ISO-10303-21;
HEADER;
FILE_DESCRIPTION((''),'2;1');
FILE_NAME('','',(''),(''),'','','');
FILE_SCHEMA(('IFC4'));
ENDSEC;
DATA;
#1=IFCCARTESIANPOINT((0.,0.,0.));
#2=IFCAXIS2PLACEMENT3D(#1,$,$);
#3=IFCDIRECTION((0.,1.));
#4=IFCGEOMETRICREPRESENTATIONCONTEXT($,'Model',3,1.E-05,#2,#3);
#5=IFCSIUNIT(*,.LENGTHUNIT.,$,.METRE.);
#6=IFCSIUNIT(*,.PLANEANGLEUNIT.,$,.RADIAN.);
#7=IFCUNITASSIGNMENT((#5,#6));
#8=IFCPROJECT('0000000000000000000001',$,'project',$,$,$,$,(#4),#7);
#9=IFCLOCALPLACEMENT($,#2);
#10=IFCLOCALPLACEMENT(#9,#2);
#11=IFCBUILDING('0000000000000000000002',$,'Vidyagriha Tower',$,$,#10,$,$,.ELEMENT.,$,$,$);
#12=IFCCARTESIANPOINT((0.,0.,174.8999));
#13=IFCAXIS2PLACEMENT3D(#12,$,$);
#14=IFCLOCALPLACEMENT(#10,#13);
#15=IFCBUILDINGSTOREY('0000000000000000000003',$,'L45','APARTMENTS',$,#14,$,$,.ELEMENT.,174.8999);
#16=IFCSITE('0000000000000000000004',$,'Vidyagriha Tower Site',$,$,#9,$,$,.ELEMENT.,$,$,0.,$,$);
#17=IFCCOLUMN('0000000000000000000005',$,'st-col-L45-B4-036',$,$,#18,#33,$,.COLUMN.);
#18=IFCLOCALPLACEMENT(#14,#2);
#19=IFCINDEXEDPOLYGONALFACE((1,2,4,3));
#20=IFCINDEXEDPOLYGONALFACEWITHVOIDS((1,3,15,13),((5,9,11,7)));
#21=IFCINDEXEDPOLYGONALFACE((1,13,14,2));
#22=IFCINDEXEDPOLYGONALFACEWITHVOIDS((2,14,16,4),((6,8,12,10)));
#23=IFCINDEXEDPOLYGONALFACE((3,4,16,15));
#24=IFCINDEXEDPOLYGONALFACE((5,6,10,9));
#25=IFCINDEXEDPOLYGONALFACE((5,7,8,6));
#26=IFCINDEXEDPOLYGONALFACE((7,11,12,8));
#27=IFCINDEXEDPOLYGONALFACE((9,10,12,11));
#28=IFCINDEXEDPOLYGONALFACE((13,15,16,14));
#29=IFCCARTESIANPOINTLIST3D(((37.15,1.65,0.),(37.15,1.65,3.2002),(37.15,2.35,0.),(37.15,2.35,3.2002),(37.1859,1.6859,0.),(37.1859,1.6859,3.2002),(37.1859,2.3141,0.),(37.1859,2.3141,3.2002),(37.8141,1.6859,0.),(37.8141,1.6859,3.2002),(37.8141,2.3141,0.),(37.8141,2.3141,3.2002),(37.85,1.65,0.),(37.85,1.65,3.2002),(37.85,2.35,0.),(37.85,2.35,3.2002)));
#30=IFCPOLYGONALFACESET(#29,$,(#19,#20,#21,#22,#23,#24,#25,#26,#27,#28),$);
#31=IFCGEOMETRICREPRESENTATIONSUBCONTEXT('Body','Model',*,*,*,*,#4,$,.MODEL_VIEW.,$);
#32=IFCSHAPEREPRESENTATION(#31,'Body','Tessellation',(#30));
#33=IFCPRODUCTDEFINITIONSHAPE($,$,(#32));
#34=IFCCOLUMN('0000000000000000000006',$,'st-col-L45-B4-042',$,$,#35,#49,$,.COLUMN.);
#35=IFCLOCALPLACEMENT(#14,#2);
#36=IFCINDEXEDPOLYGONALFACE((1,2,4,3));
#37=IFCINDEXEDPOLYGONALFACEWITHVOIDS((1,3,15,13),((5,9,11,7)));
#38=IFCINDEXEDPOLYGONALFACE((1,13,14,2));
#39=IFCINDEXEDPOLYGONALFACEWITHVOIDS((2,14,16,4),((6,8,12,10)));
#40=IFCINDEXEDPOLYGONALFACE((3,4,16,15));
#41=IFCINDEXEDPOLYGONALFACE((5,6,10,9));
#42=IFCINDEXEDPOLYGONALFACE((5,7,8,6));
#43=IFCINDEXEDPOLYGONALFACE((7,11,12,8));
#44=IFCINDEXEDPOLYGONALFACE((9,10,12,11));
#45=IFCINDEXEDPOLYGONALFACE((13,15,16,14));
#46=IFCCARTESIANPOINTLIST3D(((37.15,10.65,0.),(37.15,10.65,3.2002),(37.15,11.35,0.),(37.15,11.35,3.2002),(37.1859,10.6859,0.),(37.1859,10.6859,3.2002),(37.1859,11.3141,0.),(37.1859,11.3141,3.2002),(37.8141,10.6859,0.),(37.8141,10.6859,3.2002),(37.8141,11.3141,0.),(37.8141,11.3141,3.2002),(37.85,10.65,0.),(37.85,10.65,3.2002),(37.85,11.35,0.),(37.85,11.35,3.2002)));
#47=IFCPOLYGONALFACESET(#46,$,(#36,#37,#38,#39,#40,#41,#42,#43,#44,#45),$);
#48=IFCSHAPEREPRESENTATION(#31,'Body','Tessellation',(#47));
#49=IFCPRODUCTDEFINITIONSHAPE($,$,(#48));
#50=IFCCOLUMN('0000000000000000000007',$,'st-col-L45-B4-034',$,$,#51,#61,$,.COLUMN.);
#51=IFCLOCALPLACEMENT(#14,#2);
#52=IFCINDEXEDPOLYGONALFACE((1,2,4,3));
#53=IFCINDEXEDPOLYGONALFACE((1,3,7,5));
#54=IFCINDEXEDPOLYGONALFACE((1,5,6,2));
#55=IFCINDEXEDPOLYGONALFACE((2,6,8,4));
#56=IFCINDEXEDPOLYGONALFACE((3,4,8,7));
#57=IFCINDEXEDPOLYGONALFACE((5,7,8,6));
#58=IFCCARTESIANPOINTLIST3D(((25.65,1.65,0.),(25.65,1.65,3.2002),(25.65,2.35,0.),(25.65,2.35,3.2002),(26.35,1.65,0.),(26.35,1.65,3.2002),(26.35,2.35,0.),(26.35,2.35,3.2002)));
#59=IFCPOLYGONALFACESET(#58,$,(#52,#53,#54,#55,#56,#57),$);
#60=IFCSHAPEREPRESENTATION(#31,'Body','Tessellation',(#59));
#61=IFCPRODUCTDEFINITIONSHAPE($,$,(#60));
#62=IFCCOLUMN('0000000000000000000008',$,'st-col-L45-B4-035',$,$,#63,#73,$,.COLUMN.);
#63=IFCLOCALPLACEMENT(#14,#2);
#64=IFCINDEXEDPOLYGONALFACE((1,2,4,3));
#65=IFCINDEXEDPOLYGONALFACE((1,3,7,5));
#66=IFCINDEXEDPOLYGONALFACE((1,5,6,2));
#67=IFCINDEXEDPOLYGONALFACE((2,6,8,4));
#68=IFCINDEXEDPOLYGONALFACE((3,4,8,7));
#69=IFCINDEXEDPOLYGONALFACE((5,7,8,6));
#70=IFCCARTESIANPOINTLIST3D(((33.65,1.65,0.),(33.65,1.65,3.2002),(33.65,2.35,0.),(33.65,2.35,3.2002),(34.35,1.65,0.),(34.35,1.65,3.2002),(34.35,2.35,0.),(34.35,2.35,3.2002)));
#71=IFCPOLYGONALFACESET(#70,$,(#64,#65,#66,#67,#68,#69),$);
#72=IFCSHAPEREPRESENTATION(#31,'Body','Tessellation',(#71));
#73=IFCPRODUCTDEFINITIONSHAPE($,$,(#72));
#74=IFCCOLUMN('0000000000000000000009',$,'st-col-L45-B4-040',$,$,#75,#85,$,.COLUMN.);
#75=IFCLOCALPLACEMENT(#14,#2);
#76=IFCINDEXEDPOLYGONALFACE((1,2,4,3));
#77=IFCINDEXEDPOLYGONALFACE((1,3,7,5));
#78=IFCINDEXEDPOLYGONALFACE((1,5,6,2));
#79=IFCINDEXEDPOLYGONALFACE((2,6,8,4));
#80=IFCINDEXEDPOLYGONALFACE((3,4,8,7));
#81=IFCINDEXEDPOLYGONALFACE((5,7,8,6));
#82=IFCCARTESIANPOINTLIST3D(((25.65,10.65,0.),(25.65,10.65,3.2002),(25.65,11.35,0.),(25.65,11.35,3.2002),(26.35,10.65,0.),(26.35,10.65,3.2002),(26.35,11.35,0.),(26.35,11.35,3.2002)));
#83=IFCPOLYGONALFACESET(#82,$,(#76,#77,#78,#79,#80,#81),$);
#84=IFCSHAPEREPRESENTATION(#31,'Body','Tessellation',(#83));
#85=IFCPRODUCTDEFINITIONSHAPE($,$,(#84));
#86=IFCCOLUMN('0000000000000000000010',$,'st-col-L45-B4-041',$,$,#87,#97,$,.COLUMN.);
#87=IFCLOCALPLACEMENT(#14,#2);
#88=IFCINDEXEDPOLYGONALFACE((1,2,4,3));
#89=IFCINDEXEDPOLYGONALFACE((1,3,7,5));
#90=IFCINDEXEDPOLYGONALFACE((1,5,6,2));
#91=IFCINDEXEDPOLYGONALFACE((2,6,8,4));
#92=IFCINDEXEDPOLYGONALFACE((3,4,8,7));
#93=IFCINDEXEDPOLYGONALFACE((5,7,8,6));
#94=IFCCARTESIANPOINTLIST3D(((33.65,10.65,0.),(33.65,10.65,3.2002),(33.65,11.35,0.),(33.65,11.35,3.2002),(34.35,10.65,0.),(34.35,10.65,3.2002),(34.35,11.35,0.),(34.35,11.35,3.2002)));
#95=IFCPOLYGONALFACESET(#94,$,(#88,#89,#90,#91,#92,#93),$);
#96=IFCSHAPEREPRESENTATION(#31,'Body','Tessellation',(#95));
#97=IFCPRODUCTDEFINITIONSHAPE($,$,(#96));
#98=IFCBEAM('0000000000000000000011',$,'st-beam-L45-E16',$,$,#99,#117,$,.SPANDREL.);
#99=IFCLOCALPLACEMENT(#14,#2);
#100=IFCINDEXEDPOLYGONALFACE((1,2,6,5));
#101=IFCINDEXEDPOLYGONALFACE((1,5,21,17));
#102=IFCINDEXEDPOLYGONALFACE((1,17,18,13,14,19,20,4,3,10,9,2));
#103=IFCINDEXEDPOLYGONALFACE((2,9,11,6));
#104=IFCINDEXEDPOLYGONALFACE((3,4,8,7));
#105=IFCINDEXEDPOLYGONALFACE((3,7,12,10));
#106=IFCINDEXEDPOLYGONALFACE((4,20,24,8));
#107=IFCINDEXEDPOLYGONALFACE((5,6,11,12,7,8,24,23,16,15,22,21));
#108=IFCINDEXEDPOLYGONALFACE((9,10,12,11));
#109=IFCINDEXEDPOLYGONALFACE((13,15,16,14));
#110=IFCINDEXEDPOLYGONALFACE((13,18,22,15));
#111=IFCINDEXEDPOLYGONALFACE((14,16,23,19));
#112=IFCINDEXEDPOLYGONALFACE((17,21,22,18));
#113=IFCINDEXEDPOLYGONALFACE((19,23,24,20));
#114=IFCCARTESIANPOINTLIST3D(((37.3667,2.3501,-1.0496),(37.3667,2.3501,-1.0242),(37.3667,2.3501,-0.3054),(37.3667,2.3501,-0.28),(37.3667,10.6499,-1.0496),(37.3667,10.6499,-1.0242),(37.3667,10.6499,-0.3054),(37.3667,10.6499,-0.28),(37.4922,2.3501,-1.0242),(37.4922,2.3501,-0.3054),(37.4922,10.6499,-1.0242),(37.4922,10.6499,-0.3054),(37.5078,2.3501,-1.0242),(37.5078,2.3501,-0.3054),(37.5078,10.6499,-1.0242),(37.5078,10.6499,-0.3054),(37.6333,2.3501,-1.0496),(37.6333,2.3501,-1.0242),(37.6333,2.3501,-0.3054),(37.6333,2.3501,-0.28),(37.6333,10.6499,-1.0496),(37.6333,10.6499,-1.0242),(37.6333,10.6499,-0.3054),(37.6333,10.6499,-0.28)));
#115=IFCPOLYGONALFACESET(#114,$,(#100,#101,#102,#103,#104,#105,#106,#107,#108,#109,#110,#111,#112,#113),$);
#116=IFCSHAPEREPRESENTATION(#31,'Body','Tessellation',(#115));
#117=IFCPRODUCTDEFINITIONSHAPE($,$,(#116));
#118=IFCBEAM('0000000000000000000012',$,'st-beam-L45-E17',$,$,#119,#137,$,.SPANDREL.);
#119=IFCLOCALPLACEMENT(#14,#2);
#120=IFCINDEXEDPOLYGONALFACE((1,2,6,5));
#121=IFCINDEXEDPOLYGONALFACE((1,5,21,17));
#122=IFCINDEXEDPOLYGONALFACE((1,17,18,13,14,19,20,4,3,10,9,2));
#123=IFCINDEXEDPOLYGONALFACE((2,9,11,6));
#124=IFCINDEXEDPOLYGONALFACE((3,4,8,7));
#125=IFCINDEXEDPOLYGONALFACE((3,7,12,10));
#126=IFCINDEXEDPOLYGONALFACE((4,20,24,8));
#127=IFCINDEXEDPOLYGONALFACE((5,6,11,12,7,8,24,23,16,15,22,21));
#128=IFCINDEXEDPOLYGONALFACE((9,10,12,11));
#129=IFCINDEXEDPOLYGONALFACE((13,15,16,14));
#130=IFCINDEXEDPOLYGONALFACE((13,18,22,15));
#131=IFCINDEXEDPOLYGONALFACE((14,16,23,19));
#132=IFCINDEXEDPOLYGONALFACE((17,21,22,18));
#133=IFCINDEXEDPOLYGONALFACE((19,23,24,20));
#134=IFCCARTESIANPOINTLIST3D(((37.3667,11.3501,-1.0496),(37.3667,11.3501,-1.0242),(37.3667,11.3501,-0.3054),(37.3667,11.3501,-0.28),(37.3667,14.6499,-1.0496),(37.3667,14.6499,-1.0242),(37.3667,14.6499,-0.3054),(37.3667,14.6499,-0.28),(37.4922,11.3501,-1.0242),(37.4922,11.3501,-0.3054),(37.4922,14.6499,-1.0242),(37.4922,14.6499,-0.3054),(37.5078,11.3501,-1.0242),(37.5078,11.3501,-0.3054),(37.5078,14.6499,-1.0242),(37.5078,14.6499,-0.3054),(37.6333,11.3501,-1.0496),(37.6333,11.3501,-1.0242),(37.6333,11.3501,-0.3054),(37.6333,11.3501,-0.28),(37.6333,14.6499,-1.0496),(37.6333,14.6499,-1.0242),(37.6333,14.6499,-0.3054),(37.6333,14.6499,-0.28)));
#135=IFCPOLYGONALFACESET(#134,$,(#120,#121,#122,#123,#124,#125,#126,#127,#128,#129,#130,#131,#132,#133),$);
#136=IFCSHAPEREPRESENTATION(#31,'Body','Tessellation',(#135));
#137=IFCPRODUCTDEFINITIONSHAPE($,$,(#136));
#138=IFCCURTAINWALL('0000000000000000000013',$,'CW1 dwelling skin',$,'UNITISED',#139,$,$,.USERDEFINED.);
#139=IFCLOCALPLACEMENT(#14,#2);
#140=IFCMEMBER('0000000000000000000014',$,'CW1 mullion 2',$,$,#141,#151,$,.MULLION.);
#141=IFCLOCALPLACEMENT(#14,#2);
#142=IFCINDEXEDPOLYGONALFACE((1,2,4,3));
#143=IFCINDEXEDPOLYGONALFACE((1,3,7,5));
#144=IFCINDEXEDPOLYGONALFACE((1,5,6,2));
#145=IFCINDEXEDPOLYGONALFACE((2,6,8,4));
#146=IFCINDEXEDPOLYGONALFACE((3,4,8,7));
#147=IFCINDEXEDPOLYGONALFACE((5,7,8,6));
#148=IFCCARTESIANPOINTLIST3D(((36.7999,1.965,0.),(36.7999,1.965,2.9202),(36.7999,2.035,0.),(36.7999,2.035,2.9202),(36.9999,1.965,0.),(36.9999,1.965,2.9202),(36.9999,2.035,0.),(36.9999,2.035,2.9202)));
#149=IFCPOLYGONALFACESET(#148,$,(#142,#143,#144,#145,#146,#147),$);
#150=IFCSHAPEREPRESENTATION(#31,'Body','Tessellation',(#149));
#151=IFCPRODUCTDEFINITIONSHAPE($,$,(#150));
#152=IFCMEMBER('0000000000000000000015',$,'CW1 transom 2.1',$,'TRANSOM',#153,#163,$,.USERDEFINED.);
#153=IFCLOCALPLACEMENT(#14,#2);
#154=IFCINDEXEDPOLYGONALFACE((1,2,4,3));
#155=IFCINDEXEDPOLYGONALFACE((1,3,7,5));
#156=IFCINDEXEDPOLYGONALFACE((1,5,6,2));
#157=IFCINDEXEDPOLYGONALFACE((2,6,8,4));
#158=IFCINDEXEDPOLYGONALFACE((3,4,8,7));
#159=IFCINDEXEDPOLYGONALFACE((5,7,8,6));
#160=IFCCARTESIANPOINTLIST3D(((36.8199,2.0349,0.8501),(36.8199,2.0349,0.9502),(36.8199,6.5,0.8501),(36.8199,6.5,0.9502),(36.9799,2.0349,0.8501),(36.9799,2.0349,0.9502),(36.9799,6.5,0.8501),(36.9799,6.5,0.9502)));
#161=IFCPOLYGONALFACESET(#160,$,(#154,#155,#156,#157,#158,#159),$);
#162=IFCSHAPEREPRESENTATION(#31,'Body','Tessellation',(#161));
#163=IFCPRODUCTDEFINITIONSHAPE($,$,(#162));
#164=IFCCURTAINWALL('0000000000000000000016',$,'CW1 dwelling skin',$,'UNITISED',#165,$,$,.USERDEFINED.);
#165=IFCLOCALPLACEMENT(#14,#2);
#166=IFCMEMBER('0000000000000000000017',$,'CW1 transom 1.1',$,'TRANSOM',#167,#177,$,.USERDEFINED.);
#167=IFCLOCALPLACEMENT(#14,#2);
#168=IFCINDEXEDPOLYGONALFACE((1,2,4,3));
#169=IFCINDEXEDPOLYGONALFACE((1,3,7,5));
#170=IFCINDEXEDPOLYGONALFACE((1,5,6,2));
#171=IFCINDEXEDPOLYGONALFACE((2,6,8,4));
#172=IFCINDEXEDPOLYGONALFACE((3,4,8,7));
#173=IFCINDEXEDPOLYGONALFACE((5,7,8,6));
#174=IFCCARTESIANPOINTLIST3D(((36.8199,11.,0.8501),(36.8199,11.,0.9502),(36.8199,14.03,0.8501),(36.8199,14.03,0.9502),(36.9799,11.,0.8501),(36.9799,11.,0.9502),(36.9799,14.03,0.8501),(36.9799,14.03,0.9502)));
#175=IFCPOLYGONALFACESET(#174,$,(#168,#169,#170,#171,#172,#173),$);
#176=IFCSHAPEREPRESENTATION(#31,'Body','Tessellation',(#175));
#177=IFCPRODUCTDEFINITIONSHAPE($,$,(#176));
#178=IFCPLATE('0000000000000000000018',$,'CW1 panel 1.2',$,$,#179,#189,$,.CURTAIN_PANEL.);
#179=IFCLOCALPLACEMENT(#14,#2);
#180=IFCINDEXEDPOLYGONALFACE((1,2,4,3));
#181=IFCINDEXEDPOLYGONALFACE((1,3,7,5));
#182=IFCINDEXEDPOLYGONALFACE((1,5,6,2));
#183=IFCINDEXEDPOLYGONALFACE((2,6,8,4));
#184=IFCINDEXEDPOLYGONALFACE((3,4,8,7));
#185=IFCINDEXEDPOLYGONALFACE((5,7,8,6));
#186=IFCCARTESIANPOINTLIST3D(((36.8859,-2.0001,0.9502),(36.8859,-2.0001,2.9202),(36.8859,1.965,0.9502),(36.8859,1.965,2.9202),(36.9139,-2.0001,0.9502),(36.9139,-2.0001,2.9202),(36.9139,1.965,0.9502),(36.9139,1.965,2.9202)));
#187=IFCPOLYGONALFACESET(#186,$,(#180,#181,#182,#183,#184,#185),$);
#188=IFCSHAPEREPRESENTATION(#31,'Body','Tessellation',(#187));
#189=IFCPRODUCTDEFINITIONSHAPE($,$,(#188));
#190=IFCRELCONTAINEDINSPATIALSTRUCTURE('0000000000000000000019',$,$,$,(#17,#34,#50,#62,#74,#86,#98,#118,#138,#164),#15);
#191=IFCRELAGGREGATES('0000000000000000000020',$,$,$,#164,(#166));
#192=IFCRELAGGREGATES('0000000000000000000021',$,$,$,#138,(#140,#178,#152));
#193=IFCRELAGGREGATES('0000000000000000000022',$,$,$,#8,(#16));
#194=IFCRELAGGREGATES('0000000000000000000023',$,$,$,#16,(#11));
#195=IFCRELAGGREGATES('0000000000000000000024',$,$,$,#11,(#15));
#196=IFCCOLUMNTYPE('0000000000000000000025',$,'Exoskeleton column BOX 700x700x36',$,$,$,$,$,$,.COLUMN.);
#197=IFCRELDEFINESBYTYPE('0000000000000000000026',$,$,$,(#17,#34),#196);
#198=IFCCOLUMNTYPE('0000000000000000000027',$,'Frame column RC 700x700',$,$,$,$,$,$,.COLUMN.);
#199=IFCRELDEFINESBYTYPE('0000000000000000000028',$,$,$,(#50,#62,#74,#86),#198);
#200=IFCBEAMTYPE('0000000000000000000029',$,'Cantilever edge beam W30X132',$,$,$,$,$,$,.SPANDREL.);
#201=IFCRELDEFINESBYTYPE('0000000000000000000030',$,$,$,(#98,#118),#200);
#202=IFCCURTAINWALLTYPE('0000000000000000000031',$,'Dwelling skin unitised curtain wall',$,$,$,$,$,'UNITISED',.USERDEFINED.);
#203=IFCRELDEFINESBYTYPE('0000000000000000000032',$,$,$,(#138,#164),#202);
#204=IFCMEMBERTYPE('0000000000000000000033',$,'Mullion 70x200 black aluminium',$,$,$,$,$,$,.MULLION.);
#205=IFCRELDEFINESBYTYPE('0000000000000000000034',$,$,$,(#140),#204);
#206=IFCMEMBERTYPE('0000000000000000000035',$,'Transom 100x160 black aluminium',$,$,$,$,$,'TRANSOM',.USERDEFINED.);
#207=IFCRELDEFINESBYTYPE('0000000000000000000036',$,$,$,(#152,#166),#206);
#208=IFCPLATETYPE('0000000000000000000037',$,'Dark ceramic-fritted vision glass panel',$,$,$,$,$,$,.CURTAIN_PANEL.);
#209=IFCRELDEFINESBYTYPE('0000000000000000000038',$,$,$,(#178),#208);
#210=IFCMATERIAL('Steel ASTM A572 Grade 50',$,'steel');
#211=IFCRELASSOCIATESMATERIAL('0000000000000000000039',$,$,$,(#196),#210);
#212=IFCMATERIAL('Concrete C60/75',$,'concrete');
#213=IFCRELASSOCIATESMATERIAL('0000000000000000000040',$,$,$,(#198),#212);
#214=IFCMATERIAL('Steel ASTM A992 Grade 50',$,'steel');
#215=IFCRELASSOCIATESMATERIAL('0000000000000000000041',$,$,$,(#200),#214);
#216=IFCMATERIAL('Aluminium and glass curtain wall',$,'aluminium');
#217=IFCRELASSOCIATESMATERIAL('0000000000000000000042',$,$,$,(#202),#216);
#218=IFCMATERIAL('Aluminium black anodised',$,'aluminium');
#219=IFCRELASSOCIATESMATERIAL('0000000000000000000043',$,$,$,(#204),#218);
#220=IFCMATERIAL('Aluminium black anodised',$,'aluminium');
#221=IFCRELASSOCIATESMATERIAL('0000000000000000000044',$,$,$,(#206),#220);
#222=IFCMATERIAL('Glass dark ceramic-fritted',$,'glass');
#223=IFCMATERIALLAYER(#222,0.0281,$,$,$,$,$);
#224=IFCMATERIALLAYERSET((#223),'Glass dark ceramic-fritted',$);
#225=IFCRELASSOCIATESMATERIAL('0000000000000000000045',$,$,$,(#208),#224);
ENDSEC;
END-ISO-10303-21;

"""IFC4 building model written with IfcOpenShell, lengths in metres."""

from ifc_helpers import new_model, si_unit, direction, frame, origin, origin_2d, place, context, subcontext, project, spatial, rectangle, hollow_rectangle, i_section, extrude, material, layer, layer_set, material_profile, profile_set, type_object, element, aggregate, save


model = new_model("IFC4")

# Units and contexts
model_context = context("Model", 3, precision=1e-05, world=origin(), true_north=direction((0.0, 1.0)))
body_context = subcontext(model_context, "Body", "Model", "MODEL_VIEW")
ifc_project = project(units=[si_unit("LENGTHUNIT", "METRE"), si_unit("PLANEANGLEUNIT", "RADIAN")], contexts=[model_context])

# Site, building, storey
site_placement = place(None, origin())
site = spatial("IfcSite", under=ifc_project, at=site_placement, Name="Vidyagriha Tower Site", CompositionType="ELEMENT", RefElevation=0.0)
building_placement = place(site_placement, origin())
building = spatial("IfcBuilding", under=site, at=building_placement, Name="Vidyagriha Tower", CompositionType="ELEMENT")
storey_placement = place(building_placement, frame((0.0, 0.0, 174.8999)))
storey = spatial("IfcBuildingStorey", under=building, at=storey_placement, Name="L45", Description="APARTMENTS", CompositionType="ELEMENT", Elevation=174.8999)

# Columns
ifc_material_1 = material(Name="Steel ASTM A572 Grade 50", Category="steel")
ifc_material_profile_1 = material_profile(ifc_material_1, hollow_rectangle(XDim=0.7, YDim=0.7, WallThickness=0.0359, at=origin_2d()), Name="BOX 700x700x36")
ifc_profile_set_1 = profile_set([ifc_material_profile_1], Name="Steel ASTM A572 Grade 50")
column_type_1 = type_object("IfcColumnType", Name="Exoskeleton column BOX 700x700x36", PredefinedType="COLUMN", material=ifc_profile_set_1)
for number, where, name in (
    (1, (37.5, 2.0, 0.0), "st-col-L45-B4-036"),
    (2, (37.5, 11.0, 0.0), "st-col-L45-B4-042"),
):
    element("IfcColumn", number, at=place(storey_placement, frame(where)), inside=storey, type_object=column_type_1, Name=name, PredefinedType="COLUMN", context=body_context, shape_type="SweptSolid", body=[
        extrude(hollow_rectangle(XDim=0.7, YDim=0.7, WallThickness=0.0359, at=origin_2d()), origin(), (0.0, 0.0, 1.0), 3.2002),
    ])
ifc_material_2 = material(Name="Concrete C60/75", Category="concrete")
ifc_material_profile_2 = material_profile(ifc_material_2, rectangle(XDim=0.7, YDim=0.7, at=origin_2d()), Name="RC 700x700")
ifc_profile_set_2 = profile_set([ifc_material_profile_2], Name="Concrete C60/75")
column_type_2 = type_object("IfcColumnType", Name="Frame column RC 700x700", PredefinedType="COLUMN", material=ifc_profile_set_2)
for number, where, name in (
    (3, (26.0, 2.0, 0.0), "st-col-L45-B4-034"),
    (4, (34.0, 2.0, 0.0), "st-col-L45-B4-035"),
    (5, (26.0, 11.0, 0.0), "st-col-L45-B4-040"),
    (6, (34.0, 11.0, 0.0), "st-col-L45-B4-041"),
):
    element("IfcColumn", number, at=place(storey_placement, frame(where)), inside=storey, type_object=column_type_2, Name=name, PredefinedType="COLUMN", context=body_context, shape_type="SweptSolid", body=[
        extrude(rectangle(XDim=0.7, YDim=0.7, at=origin_2d()), origin(), (0.0, 0.0, 1.0), 3.2002),
    ])

# Beams
ifc_material_3 = material(Name="Steel ASTM A992 Grade 50", Category="steel")
ifc_material_profile_3 = material_profile(ifc_material_3, i_section(OverallWidth=0.2666, OverallDepth=0.7695, WebThickness=0.0156, FlangeThickness=0.0254, at=origin_2d()), Name="W30X132")
ifc_profile_set_3 = profile_set([ifc_material_profile_3], Name="Steel ASTM A992 Grade 50")
beam_type = type_object("IfcBeamType", Name="Cantilever edge beam W30X132", PredefinedType="SPANDREL", material=ifc_profile_set_3)
beam_1_placement = place(storey_placement, frame((37.5, 2.3501, -0.6648), z_axis=(0.0, 1.0, 0.0), x_axis=(-1.0, 0.0, 0.0)))
element("IfcBeam", 7, at=beam_1_placement, inside=storey, type_object=beam_type, Name="st-beam-L45-E16", PredefinedType="SPANDREL", context=body_context, shape_type="SweptSolid", body=[
    extrude(i_section(OverallWidth=0.2666, OverallDepth=0.7695, WebThickness=0.0156, FlangeThickness=0.0254, at=origin_2d()), origin(), (0.0, 0.0, 1.0), 8.2998),
])
beam_2_placement = place(storey_placement, frame((37.5, 11.3501, -0.6648), z_axis=(0.0, 1.0, 0.0), x_axis=(-1.0, 0.0, 0.0)))
element("IfcBeam", 8, at=beam_2_placement, inside=storey, type_object=beam_type, Name="st-beam-L45-E17", PredefinedType="SPANDREL", context=body_context, shape_type="SweptSolid", body=[
    extrude(i_section(OverallWidth=0.2666, OverallDepth=0.7695, WebThickness=0.0156, FlangeThickness=0.0254, at=origin_2d()), origin(), (0.0, 0.0, 1.0), 3.2998),
])

# Curtain wall, members
ifc_material_4 = material(Name="Aluminium and glass curtain wall", Category="aluminium")
curtain_wall_type = type_object("IfcCurtainWallType", Name="Dwelling skin unitised curtain wall", ElementType="UNITISED", PredefinedType="USERDEFINED", material=ifc_material_4)
curtain_wall_1_placement = place(storey_placement, origin())
curtain_wall_1 = element("IfcCurtainWall", 9, at=curtain_wall_1_placement, inside=storey, type_object=curtain_wall_type, Name="CW1 dwelling skin", ObjectType="UNITISED", PredefinedType="USERDEFINED")
ifc_material_5 = material(Name="Aluminium black anodised", Category="aluminium")
ifc_material_profile_4 = material_profile(ifc_material_5, rectangle(XDim=0.2, YDim=0.0701, at=origin_2d()), Name="Mullion 70x200 black aluminium")
ifc_profile_set_4 = profile_set([ifc_material_profile_4], Name="Aluminium black anodised")
member_type_1 = type_object("IfcMemberType", Name="Mullion 70x200 black aluminium", PredefinedType="MULLION", material=ifc_profile_set_4)
member_1_placement = place(storey_placement, frame((36.8999, 2.0, 0.0), z_axis=(0.0, 0.0, 1.0), x_axis=(-1.0, 0.0, 0.0)))
member_1 = element("IfcMember", 10, at=member_1_placement, type_object=member_type_1, Name="CW1 mullion 2", PredefinedType="MULLION", context=body_context, shape_type="SweptSolid", body=[
    extrude(rectangle(XDim=0.2, YDim=0.0701, at=origin_2d()), origin(), (0.0, 0.0, 1.0), 2.9202),
])
ifc_material_6 = material(Name="Aluminium black anodised", Category="aluminium")
ifc_material_profile_5 = material_profile(ifc_material_6, rectangle(XDim=0.1599, YDim=0.1001, at=origin_2d()), Name="Transom 100x160 black aluminium")
ifc_profile_set_5 = profile_set([ifc_material_profile_5], Name="Aluminium black anodised")
member_type_2 = type_object("IfcMemberType", Name="Transom 100x160 black aluminium", ElementType="TRANSOM", PredefinedType="USERDEFINED", material=ifc_profile_set_5)
member_2_placement = place(storey_placement, frame((36.8999, 2.0349, 0.9001), z_axis=(0.0, 1.0, 0.0), x_axis=(-1.0, 0.0, 0.0)))
member_2 = element("IfcMember", 11, at=member_2_placement, type_object=member_type_2, Name="CW1 transom 2.1", ObjectType="TRANSOM", PredefinedType="USERDEFINED", context=body_context, shape_type="SweptSolid", body=[
    extrude(rectangle(XDim=0.1599, YDim=0.1001, at=origin_2d()), origin(), (0.0, 0.0, 1.0), 4.4651),
])

# Curtain wall, member
curtain_wall_2_placement = place(storey_placement, origin())
curtain_wall_2 = element("IfcCurtainWall", 12, at=curtain_wall_2_placement, inside=storey, type_object=curtain_wall_type, Name="CW1 dwelling skin", ObjectType="UNITISED", PredefinedType="USERDEFINED")
member_3_placement = place(storey_placement, frame((36.8999, 11.0, 0.9001), z_axis=(0.0, 1.0, 0.0), x_axis=(-1.0, 0.0, 0.0)))
member_3 = element("IfcMember", 13, at=member_3_placement, type_object=member_type_2, Name="CW1 transom 1.1", ObjectType="TRANSOM", PredefinedType="USERDEFINED", context=body_context, shape_type="SweptSolid", body=[
    extrude(rectangle(XDim=0.1599, YDim=0.1001, at=origin_2d()), origin(), (0.0, 0.0, 1.0), 3.03),
])
aggregate(curtain_wall_2, [member_3])

# Plate
ifc_material_7 = material(Name="Glass dark ceramic-fritted", Category="glass")
ifc_layer_1 = layer(ifc_material_7, 0.0281)
ifc_layer_set_1 = layer_set([ifc_layer_1], Name="Glass dark ceramic-fritted")
plate_type_1 = type_object("IfcPlateType", Name="Dark ceramic-fritted vision glass panel", PredefinedType="CURTAIN_PANEL", material=ifc_layer_set_1)
plate_1_placement = place(storey_placement, frame((36.8999, -0.0176, 0.9502), z_axis=(0.0, 0.0, 1.0), x_axis=(0.0, 1.0, 0.0)))
plate_1 = element("IfcPlate", 14, at=plate_1_placement, type_object=plate_type_1, Name="CW1 panel 1.2", PredefinedType="CURTAIN_PANEL", context=body_context, shape_type="SweptSolid", body=[
    extrude(rectangle(XDim=3.9651, YDim=0.0281, at=origin_2d()), origin(), (0.0, 0.0, 1.0), 1.97),
])
aggregate(curtain_wall_1, [member_1, plate_1, member_2])

save(model, "model.ifc")
